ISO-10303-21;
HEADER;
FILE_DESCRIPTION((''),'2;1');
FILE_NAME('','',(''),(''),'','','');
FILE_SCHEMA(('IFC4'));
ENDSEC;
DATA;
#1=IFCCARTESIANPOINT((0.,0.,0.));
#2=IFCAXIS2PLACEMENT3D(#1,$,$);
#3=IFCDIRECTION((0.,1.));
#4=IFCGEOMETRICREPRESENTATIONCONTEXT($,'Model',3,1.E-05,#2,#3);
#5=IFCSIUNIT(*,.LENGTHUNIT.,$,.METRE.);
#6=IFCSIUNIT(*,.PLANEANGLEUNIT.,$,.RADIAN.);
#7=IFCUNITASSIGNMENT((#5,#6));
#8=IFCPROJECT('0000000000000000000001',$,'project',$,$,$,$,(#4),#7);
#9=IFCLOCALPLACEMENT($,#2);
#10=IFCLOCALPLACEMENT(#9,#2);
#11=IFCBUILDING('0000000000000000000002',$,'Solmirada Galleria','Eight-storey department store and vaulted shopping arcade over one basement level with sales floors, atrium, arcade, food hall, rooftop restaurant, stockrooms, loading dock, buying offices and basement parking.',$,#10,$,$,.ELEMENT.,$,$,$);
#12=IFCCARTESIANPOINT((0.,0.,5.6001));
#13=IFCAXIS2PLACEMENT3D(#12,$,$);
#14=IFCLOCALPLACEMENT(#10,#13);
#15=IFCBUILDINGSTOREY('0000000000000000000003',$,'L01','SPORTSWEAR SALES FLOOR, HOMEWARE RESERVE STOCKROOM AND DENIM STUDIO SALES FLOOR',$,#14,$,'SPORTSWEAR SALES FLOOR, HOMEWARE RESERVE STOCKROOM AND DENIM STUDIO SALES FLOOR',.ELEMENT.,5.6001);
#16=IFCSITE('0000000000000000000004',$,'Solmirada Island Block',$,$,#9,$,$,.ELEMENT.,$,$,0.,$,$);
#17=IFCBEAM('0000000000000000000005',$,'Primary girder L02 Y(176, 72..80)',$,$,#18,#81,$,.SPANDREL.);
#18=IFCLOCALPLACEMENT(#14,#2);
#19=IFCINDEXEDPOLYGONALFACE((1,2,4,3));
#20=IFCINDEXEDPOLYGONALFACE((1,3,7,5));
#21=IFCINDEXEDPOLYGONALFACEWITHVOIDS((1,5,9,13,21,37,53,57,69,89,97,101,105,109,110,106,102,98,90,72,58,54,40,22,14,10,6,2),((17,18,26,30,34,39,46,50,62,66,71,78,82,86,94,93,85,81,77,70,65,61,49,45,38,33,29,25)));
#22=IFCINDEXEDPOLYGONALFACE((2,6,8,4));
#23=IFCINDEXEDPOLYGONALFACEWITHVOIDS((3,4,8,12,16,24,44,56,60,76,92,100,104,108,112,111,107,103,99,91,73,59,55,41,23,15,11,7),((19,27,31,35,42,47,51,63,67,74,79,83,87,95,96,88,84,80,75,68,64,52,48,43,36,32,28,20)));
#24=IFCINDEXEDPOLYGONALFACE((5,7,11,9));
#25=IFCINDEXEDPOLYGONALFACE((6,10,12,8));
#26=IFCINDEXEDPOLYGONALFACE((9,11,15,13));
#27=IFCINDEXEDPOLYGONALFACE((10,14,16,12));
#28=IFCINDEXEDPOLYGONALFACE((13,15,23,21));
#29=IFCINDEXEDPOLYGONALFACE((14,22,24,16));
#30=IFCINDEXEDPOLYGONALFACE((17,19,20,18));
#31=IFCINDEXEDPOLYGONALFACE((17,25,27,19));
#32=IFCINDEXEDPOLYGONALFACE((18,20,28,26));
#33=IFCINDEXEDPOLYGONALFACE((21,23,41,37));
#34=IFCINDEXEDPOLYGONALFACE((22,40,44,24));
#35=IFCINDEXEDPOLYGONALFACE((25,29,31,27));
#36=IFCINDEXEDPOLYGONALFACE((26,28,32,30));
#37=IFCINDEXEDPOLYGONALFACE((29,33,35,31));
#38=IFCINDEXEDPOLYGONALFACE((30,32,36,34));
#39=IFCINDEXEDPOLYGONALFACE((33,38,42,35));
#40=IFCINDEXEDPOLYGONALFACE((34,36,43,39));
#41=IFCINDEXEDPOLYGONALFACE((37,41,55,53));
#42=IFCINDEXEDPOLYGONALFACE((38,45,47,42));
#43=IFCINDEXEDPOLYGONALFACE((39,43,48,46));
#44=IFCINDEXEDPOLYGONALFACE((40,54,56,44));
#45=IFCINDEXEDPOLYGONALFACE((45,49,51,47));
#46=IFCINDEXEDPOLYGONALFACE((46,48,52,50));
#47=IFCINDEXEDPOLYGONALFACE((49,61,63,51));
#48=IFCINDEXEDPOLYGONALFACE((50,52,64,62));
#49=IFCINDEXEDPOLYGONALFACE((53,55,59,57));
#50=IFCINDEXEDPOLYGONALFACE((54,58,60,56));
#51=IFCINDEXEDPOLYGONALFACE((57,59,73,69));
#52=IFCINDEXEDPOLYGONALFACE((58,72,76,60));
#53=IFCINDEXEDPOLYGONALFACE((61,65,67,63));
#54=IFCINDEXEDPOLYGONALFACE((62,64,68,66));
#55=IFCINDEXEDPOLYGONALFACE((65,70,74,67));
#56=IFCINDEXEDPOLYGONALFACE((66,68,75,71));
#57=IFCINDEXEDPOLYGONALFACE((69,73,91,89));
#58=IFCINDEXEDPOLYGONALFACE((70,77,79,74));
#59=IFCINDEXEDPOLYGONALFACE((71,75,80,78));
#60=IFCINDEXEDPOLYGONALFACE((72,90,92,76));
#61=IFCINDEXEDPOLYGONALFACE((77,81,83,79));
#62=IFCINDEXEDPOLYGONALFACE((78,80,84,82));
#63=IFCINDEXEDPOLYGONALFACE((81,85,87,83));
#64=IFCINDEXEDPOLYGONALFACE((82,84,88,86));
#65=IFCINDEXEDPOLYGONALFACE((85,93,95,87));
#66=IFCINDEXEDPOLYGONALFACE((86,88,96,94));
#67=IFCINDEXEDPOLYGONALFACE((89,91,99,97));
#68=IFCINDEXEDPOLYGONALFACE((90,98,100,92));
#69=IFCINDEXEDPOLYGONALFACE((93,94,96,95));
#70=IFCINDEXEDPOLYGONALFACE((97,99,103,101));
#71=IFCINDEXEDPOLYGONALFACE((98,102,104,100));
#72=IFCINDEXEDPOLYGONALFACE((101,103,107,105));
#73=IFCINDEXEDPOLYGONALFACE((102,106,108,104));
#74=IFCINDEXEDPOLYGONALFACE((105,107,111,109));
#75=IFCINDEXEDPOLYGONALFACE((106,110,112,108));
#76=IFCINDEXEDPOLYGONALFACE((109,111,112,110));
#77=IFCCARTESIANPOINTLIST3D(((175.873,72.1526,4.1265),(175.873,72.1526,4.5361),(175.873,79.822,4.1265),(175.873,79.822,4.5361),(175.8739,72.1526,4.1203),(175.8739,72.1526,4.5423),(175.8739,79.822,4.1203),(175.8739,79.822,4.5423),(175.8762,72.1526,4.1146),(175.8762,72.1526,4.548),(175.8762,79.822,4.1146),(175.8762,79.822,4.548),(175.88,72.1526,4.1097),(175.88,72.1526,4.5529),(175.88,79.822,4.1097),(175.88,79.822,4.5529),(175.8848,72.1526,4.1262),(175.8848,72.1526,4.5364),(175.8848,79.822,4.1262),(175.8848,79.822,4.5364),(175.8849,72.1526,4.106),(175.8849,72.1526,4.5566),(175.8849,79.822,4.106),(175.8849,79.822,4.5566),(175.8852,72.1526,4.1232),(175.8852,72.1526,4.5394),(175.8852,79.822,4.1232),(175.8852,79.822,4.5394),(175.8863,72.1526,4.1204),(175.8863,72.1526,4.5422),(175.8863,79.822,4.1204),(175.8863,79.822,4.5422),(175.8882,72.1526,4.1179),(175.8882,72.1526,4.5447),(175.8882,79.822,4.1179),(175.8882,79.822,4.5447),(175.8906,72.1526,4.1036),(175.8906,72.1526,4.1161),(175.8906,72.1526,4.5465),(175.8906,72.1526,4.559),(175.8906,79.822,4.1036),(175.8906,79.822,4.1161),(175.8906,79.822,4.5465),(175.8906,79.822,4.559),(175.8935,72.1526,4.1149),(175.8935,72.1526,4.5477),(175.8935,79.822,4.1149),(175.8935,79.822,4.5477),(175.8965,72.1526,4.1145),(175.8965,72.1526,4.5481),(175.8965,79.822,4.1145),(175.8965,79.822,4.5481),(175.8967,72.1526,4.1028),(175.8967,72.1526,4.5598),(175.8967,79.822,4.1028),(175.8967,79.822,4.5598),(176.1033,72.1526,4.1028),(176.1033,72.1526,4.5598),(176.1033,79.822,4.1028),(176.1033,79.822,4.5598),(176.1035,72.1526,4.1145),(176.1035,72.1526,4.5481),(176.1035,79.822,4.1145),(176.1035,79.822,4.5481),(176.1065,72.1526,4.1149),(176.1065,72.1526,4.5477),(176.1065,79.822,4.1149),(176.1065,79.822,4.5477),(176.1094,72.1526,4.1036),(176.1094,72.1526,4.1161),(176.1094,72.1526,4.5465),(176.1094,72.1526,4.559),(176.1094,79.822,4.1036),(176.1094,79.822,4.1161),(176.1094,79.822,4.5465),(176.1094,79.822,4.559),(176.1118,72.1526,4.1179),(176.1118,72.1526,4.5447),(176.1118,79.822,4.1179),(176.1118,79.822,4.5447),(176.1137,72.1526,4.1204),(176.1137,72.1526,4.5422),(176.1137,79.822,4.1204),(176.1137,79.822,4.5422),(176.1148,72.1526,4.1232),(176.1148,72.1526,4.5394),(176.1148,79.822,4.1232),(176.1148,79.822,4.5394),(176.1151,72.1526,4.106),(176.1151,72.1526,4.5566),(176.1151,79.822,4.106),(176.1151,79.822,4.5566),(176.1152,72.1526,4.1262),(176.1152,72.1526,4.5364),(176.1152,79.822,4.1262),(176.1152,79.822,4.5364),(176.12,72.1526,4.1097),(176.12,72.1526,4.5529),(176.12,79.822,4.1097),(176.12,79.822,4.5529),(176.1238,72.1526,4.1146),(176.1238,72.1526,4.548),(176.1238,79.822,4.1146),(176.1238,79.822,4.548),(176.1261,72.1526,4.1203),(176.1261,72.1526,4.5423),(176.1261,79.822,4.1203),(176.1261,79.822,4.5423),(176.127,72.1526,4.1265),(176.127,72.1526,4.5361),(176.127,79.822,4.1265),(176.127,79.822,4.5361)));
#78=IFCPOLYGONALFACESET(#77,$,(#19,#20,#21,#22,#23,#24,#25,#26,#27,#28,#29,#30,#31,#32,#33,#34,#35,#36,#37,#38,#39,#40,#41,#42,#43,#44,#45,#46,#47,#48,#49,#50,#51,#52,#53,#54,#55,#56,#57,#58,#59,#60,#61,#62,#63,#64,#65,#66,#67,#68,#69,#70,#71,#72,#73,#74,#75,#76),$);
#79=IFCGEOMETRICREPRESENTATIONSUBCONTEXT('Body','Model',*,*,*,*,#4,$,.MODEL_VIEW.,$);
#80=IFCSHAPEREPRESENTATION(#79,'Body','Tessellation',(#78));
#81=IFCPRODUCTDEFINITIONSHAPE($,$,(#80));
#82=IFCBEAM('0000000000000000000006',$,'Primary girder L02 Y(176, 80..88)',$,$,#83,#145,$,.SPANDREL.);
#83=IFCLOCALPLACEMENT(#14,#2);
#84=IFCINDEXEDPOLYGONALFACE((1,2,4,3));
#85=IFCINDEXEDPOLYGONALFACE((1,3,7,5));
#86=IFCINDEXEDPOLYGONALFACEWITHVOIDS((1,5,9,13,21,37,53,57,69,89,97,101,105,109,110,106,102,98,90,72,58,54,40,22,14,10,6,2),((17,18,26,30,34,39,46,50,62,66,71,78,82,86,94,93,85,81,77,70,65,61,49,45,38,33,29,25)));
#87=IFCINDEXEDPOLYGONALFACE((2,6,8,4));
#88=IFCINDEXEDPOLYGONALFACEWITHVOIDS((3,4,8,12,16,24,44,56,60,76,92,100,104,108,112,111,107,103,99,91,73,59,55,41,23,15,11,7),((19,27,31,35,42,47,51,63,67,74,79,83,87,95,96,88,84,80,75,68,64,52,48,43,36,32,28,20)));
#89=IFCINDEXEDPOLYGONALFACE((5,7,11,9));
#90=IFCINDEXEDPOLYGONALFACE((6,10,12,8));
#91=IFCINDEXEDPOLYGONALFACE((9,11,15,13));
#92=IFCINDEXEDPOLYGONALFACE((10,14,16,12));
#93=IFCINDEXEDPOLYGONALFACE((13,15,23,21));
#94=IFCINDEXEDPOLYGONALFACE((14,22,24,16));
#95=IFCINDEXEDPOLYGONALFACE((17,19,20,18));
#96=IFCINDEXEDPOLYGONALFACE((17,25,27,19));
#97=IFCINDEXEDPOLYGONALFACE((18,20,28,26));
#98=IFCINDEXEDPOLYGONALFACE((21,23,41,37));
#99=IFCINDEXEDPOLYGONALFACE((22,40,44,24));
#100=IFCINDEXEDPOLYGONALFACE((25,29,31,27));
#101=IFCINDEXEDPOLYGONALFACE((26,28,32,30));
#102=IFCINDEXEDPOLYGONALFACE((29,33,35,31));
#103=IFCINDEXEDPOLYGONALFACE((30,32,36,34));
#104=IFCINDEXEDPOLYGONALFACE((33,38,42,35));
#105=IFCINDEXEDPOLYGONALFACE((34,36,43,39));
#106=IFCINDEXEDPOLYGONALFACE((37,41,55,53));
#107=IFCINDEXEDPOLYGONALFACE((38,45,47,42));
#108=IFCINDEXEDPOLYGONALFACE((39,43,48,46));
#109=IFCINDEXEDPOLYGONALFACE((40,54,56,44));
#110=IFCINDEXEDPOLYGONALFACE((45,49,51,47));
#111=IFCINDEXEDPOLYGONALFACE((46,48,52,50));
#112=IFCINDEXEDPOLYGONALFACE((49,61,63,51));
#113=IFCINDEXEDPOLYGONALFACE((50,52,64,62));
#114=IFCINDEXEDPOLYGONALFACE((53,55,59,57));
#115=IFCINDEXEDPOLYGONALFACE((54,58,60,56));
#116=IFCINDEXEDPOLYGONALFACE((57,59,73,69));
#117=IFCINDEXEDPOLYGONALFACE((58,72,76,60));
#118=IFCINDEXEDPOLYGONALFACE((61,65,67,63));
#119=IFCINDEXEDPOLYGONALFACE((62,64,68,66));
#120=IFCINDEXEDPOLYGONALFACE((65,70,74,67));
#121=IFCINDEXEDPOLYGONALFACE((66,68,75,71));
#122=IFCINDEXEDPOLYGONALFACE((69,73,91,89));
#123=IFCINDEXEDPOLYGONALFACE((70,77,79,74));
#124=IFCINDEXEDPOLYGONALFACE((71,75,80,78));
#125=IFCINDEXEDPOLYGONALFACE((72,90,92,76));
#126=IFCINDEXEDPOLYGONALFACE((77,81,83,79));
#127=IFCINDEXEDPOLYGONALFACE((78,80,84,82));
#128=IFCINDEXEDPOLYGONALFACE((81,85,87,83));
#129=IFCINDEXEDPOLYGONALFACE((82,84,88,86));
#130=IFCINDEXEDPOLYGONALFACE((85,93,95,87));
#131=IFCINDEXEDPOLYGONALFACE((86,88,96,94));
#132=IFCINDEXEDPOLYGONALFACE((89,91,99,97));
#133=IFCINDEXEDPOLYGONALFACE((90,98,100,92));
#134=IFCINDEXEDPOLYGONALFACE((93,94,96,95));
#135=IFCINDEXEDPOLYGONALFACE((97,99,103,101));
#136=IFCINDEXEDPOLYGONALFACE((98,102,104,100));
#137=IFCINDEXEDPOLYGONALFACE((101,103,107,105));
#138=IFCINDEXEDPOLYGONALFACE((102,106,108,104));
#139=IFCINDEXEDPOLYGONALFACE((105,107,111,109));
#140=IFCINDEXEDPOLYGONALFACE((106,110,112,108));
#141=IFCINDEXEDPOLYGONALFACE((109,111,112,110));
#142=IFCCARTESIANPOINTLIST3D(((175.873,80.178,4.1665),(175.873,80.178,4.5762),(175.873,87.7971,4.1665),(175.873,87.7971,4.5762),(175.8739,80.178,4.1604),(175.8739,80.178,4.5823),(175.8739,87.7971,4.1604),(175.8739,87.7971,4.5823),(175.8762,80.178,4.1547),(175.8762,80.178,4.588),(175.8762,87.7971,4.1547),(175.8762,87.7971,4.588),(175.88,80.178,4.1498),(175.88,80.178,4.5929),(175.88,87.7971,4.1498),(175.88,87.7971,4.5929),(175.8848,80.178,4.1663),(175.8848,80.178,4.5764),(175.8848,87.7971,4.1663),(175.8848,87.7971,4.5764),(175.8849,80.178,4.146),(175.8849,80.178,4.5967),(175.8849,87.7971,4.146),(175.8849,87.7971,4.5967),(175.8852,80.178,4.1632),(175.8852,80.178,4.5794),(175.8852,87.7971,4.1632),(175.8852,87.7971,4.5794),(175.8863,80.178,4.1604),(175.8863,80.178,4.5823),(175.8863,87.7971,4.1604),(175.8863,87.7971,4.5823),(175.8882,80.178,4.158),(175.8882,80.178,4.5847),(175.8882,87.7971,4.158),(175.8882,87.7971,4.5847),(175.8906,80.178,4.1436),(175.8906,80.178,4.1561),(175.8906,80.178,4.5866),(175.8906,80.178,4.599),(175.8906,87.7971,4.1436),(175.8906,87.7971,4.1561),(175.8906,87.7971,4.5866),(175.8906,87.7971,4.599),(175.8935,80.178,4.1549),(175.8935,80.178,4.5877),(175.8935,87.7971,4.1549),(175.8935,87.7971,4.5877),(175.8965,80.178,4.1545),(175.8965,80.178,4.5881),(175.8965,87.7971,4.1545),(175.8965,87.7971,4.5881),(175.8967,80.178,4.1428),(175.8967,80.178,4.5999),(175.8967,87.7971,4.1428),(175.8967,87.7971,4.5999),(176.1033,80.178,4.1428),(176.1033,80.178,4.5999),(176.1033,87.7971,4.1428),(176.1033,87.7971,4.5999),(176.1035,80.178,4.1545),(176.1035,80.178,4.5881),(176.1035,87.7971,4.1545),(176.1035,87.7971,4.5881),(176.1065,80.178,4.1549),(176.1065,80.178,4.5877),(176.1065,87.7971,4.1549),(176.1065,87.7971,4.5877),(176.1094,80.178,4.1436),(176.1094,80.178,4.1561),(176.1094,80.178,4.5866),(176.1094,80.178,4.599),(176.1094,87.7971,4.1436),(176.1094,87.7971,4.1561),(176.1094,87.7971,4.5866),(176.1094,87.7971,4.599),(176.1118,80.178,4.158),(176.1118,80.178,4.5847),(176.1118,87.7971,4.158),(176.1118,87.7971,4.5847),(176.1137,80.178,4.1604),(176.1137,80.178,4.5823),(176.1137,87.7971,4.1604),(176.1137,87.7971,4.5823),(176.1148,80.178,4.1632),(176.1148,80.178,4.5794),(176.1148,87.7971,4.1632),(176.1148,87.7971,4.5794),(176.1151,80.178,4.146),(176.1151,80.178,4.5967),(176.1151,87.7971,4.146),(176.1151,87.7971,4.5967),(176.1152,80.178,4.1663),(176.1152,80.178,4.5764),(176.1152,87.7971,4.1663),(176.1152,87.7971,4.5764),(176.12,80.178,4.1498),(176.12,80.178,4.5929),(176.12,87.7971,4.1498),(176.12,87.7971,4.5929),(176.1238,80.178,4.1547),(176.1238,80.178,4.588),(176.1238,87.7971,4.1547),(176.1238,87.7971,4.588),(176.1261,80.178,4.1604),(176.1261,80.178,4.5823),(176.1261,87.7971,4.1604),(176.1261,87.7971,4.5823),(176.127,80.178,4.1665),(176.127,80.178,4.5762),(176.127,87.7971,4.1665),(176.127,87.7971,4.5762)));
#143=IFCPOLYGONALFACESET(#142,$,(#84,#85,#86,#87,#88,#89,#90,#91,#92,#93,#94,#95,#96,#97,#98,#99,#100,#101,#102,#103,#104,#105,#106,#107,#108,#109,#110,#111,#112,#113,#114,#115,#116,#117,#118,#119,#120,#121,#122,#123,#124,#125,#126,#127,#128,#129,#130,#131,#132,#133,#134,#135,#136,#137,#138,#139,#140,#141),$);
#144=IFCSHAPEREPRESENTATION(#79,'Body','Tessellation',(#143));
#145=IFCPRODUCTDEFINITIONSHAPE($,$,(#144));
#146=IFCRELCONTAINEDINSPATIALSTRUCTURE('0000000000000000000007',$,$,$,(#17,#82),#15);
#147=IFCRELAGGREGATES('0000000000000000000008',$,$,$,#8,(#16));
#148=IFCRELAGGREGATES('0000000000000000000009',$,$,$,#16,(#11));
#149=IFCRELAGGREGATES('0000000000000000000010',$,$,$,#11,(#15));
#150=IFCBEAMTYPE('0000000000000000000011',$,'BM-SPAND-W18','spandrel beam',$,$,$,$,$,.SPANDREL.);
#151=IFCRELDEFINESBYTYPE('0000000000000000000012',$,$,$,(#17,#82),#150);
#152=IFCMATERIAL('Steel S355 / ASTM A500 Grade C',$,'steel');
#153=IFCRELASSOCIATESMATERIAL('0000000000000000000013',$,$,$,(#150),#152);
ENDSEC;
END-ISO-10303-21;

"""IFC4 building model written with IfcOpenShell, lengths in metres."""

from ifc_helpers import new_model, si_unit, direction, frame, origin, origin_2d, place, context, subcontext, project, spatial, hollow_rectangle, extrude, material, material_profile, profile_set, type_object, element, save


model = new_model("IFC4")

# Units and contexts
model_context = context("Model", 3, precision=1e-05, world=origin(), true_north=direction((0.0, 1.0)))
body_context = subcontext(model_context, "Body", "Model", "MODEL_VIEW")
ifc_project = project(units=[si_unit("LENGTHUNIT", "METRE"), si_unit("PLANEANGLEUNIT", "RADIAN")], contexts=[model_context])

# Site, building, storey
site_placement = place(None, origin())
site = spatial("IfcSite", under=ifc_project, at=site_placement, Name="Solmirada Island Block", CompositionType="ELEMENT", RefElevation=0.0)
building_placement = place(site_placement, origin())
building = spatial("IfcBuilding", under=site, at=building_placement, Name="Solmirada Galleria", Description="Eight-storey department store and vaulted shopping arcade over one basement level with sales floors, atrium, arcade, food hall, rooftop restaurant, stockrooms, loading dock, buying offices and basement parking.", CompositionType="ELEMENT")
storey_placement = place(building_placement, frame((0.0, 0.0, 5.6001)))
storey = spatial("IfcBuildingStorey", under=building, at=storey_placement, Name="L01", Description="SPORTSWEAR SALES FLOOR, HOMEWARE RESERVE STOCKROOM AND DENIM STUDIO SALES FLOOR", LongName="SPORTSWEAR SALES FLOOR, HOMEWARE RESERVE STOCKROOM AND DENIM STUDIO SALES FLOOR", CompositionType="ELEMENT", Elevation=5.6001)

# Shared definitions
ifc_material_1 = material(Name="Steel S355 / ASTM A500 Grade C", Category="steel")

# Beams
ifc_material_profile_1 = material_profile(ifc_material_1, hollow_rectangle(XDim=0.2539, YDim=0.457, WallThickness=0.0117, InnerFilletRadius=0.0117, OuterFilletRadius=0.0237, at=origin_2d()), Name="HSS18X10X1/2")
ifc_profile_set_1 = profile_set([ifc_material_profile_1], Name="Steel S355 / ASTM A500 Grade C")
beam_type_1 = type_object("IfcBeamType", Name="BM-SPAND-W18", Description="spandrel beam", PredefinedType="SPANDREL", material=ifc_profile_set_1)
beam_1_placement = place(storey_placement, frame((176.0, 72.1526, 4.3313), z_axis=(0.0, 1.0, 0.0), x_axis=(-1.0, 0.0, 0.0)))
element("IfcBeam", 1, at=beam_1_placement, inside=storey, type_object=beam_type_1, Name="Primary girder L02 Y(176, 72..80)", PredefinedType="SPANDREL", context=body_context, shape_type="SweptSolid", body=[
    extrude(hollow_rectangle(XDim=0.2539, YDim=0.457, WallThickness=0.0117, InnerFilletRadius=0.0117, OuterFilletRadius=0.0237, at=origin_2d()), origin(), (0.0, 0.0, 1.0), 7.6694),
])
beam_2_placement = place(storey_placement, frame((176.0, 80.178, 4.3713), z_axis=(0.0, 1.0, 0.0), x_axis=(-1.0, 0.0, 0.0)))
element("IfcBeam", 2, at=beam_2_placement, inside=storey, type_object=beam_type_1, Name="Primary girder L02 Y(176, 80..88)", PredefinedType="SPANDREL", context=body_context, shape_type="SweptSolid", body=[
    extrude(hollow_rectangle(XDim=0.2539, YDim=0.457, WallThickness=0.0117, InnerFilletRadius=0.0117, OuterFilletRadius=0.0237, at=origin_2d()), origin(), (0.0, 0.0, 1.0), 7.6191),
])

save(model, "model.ifc")
